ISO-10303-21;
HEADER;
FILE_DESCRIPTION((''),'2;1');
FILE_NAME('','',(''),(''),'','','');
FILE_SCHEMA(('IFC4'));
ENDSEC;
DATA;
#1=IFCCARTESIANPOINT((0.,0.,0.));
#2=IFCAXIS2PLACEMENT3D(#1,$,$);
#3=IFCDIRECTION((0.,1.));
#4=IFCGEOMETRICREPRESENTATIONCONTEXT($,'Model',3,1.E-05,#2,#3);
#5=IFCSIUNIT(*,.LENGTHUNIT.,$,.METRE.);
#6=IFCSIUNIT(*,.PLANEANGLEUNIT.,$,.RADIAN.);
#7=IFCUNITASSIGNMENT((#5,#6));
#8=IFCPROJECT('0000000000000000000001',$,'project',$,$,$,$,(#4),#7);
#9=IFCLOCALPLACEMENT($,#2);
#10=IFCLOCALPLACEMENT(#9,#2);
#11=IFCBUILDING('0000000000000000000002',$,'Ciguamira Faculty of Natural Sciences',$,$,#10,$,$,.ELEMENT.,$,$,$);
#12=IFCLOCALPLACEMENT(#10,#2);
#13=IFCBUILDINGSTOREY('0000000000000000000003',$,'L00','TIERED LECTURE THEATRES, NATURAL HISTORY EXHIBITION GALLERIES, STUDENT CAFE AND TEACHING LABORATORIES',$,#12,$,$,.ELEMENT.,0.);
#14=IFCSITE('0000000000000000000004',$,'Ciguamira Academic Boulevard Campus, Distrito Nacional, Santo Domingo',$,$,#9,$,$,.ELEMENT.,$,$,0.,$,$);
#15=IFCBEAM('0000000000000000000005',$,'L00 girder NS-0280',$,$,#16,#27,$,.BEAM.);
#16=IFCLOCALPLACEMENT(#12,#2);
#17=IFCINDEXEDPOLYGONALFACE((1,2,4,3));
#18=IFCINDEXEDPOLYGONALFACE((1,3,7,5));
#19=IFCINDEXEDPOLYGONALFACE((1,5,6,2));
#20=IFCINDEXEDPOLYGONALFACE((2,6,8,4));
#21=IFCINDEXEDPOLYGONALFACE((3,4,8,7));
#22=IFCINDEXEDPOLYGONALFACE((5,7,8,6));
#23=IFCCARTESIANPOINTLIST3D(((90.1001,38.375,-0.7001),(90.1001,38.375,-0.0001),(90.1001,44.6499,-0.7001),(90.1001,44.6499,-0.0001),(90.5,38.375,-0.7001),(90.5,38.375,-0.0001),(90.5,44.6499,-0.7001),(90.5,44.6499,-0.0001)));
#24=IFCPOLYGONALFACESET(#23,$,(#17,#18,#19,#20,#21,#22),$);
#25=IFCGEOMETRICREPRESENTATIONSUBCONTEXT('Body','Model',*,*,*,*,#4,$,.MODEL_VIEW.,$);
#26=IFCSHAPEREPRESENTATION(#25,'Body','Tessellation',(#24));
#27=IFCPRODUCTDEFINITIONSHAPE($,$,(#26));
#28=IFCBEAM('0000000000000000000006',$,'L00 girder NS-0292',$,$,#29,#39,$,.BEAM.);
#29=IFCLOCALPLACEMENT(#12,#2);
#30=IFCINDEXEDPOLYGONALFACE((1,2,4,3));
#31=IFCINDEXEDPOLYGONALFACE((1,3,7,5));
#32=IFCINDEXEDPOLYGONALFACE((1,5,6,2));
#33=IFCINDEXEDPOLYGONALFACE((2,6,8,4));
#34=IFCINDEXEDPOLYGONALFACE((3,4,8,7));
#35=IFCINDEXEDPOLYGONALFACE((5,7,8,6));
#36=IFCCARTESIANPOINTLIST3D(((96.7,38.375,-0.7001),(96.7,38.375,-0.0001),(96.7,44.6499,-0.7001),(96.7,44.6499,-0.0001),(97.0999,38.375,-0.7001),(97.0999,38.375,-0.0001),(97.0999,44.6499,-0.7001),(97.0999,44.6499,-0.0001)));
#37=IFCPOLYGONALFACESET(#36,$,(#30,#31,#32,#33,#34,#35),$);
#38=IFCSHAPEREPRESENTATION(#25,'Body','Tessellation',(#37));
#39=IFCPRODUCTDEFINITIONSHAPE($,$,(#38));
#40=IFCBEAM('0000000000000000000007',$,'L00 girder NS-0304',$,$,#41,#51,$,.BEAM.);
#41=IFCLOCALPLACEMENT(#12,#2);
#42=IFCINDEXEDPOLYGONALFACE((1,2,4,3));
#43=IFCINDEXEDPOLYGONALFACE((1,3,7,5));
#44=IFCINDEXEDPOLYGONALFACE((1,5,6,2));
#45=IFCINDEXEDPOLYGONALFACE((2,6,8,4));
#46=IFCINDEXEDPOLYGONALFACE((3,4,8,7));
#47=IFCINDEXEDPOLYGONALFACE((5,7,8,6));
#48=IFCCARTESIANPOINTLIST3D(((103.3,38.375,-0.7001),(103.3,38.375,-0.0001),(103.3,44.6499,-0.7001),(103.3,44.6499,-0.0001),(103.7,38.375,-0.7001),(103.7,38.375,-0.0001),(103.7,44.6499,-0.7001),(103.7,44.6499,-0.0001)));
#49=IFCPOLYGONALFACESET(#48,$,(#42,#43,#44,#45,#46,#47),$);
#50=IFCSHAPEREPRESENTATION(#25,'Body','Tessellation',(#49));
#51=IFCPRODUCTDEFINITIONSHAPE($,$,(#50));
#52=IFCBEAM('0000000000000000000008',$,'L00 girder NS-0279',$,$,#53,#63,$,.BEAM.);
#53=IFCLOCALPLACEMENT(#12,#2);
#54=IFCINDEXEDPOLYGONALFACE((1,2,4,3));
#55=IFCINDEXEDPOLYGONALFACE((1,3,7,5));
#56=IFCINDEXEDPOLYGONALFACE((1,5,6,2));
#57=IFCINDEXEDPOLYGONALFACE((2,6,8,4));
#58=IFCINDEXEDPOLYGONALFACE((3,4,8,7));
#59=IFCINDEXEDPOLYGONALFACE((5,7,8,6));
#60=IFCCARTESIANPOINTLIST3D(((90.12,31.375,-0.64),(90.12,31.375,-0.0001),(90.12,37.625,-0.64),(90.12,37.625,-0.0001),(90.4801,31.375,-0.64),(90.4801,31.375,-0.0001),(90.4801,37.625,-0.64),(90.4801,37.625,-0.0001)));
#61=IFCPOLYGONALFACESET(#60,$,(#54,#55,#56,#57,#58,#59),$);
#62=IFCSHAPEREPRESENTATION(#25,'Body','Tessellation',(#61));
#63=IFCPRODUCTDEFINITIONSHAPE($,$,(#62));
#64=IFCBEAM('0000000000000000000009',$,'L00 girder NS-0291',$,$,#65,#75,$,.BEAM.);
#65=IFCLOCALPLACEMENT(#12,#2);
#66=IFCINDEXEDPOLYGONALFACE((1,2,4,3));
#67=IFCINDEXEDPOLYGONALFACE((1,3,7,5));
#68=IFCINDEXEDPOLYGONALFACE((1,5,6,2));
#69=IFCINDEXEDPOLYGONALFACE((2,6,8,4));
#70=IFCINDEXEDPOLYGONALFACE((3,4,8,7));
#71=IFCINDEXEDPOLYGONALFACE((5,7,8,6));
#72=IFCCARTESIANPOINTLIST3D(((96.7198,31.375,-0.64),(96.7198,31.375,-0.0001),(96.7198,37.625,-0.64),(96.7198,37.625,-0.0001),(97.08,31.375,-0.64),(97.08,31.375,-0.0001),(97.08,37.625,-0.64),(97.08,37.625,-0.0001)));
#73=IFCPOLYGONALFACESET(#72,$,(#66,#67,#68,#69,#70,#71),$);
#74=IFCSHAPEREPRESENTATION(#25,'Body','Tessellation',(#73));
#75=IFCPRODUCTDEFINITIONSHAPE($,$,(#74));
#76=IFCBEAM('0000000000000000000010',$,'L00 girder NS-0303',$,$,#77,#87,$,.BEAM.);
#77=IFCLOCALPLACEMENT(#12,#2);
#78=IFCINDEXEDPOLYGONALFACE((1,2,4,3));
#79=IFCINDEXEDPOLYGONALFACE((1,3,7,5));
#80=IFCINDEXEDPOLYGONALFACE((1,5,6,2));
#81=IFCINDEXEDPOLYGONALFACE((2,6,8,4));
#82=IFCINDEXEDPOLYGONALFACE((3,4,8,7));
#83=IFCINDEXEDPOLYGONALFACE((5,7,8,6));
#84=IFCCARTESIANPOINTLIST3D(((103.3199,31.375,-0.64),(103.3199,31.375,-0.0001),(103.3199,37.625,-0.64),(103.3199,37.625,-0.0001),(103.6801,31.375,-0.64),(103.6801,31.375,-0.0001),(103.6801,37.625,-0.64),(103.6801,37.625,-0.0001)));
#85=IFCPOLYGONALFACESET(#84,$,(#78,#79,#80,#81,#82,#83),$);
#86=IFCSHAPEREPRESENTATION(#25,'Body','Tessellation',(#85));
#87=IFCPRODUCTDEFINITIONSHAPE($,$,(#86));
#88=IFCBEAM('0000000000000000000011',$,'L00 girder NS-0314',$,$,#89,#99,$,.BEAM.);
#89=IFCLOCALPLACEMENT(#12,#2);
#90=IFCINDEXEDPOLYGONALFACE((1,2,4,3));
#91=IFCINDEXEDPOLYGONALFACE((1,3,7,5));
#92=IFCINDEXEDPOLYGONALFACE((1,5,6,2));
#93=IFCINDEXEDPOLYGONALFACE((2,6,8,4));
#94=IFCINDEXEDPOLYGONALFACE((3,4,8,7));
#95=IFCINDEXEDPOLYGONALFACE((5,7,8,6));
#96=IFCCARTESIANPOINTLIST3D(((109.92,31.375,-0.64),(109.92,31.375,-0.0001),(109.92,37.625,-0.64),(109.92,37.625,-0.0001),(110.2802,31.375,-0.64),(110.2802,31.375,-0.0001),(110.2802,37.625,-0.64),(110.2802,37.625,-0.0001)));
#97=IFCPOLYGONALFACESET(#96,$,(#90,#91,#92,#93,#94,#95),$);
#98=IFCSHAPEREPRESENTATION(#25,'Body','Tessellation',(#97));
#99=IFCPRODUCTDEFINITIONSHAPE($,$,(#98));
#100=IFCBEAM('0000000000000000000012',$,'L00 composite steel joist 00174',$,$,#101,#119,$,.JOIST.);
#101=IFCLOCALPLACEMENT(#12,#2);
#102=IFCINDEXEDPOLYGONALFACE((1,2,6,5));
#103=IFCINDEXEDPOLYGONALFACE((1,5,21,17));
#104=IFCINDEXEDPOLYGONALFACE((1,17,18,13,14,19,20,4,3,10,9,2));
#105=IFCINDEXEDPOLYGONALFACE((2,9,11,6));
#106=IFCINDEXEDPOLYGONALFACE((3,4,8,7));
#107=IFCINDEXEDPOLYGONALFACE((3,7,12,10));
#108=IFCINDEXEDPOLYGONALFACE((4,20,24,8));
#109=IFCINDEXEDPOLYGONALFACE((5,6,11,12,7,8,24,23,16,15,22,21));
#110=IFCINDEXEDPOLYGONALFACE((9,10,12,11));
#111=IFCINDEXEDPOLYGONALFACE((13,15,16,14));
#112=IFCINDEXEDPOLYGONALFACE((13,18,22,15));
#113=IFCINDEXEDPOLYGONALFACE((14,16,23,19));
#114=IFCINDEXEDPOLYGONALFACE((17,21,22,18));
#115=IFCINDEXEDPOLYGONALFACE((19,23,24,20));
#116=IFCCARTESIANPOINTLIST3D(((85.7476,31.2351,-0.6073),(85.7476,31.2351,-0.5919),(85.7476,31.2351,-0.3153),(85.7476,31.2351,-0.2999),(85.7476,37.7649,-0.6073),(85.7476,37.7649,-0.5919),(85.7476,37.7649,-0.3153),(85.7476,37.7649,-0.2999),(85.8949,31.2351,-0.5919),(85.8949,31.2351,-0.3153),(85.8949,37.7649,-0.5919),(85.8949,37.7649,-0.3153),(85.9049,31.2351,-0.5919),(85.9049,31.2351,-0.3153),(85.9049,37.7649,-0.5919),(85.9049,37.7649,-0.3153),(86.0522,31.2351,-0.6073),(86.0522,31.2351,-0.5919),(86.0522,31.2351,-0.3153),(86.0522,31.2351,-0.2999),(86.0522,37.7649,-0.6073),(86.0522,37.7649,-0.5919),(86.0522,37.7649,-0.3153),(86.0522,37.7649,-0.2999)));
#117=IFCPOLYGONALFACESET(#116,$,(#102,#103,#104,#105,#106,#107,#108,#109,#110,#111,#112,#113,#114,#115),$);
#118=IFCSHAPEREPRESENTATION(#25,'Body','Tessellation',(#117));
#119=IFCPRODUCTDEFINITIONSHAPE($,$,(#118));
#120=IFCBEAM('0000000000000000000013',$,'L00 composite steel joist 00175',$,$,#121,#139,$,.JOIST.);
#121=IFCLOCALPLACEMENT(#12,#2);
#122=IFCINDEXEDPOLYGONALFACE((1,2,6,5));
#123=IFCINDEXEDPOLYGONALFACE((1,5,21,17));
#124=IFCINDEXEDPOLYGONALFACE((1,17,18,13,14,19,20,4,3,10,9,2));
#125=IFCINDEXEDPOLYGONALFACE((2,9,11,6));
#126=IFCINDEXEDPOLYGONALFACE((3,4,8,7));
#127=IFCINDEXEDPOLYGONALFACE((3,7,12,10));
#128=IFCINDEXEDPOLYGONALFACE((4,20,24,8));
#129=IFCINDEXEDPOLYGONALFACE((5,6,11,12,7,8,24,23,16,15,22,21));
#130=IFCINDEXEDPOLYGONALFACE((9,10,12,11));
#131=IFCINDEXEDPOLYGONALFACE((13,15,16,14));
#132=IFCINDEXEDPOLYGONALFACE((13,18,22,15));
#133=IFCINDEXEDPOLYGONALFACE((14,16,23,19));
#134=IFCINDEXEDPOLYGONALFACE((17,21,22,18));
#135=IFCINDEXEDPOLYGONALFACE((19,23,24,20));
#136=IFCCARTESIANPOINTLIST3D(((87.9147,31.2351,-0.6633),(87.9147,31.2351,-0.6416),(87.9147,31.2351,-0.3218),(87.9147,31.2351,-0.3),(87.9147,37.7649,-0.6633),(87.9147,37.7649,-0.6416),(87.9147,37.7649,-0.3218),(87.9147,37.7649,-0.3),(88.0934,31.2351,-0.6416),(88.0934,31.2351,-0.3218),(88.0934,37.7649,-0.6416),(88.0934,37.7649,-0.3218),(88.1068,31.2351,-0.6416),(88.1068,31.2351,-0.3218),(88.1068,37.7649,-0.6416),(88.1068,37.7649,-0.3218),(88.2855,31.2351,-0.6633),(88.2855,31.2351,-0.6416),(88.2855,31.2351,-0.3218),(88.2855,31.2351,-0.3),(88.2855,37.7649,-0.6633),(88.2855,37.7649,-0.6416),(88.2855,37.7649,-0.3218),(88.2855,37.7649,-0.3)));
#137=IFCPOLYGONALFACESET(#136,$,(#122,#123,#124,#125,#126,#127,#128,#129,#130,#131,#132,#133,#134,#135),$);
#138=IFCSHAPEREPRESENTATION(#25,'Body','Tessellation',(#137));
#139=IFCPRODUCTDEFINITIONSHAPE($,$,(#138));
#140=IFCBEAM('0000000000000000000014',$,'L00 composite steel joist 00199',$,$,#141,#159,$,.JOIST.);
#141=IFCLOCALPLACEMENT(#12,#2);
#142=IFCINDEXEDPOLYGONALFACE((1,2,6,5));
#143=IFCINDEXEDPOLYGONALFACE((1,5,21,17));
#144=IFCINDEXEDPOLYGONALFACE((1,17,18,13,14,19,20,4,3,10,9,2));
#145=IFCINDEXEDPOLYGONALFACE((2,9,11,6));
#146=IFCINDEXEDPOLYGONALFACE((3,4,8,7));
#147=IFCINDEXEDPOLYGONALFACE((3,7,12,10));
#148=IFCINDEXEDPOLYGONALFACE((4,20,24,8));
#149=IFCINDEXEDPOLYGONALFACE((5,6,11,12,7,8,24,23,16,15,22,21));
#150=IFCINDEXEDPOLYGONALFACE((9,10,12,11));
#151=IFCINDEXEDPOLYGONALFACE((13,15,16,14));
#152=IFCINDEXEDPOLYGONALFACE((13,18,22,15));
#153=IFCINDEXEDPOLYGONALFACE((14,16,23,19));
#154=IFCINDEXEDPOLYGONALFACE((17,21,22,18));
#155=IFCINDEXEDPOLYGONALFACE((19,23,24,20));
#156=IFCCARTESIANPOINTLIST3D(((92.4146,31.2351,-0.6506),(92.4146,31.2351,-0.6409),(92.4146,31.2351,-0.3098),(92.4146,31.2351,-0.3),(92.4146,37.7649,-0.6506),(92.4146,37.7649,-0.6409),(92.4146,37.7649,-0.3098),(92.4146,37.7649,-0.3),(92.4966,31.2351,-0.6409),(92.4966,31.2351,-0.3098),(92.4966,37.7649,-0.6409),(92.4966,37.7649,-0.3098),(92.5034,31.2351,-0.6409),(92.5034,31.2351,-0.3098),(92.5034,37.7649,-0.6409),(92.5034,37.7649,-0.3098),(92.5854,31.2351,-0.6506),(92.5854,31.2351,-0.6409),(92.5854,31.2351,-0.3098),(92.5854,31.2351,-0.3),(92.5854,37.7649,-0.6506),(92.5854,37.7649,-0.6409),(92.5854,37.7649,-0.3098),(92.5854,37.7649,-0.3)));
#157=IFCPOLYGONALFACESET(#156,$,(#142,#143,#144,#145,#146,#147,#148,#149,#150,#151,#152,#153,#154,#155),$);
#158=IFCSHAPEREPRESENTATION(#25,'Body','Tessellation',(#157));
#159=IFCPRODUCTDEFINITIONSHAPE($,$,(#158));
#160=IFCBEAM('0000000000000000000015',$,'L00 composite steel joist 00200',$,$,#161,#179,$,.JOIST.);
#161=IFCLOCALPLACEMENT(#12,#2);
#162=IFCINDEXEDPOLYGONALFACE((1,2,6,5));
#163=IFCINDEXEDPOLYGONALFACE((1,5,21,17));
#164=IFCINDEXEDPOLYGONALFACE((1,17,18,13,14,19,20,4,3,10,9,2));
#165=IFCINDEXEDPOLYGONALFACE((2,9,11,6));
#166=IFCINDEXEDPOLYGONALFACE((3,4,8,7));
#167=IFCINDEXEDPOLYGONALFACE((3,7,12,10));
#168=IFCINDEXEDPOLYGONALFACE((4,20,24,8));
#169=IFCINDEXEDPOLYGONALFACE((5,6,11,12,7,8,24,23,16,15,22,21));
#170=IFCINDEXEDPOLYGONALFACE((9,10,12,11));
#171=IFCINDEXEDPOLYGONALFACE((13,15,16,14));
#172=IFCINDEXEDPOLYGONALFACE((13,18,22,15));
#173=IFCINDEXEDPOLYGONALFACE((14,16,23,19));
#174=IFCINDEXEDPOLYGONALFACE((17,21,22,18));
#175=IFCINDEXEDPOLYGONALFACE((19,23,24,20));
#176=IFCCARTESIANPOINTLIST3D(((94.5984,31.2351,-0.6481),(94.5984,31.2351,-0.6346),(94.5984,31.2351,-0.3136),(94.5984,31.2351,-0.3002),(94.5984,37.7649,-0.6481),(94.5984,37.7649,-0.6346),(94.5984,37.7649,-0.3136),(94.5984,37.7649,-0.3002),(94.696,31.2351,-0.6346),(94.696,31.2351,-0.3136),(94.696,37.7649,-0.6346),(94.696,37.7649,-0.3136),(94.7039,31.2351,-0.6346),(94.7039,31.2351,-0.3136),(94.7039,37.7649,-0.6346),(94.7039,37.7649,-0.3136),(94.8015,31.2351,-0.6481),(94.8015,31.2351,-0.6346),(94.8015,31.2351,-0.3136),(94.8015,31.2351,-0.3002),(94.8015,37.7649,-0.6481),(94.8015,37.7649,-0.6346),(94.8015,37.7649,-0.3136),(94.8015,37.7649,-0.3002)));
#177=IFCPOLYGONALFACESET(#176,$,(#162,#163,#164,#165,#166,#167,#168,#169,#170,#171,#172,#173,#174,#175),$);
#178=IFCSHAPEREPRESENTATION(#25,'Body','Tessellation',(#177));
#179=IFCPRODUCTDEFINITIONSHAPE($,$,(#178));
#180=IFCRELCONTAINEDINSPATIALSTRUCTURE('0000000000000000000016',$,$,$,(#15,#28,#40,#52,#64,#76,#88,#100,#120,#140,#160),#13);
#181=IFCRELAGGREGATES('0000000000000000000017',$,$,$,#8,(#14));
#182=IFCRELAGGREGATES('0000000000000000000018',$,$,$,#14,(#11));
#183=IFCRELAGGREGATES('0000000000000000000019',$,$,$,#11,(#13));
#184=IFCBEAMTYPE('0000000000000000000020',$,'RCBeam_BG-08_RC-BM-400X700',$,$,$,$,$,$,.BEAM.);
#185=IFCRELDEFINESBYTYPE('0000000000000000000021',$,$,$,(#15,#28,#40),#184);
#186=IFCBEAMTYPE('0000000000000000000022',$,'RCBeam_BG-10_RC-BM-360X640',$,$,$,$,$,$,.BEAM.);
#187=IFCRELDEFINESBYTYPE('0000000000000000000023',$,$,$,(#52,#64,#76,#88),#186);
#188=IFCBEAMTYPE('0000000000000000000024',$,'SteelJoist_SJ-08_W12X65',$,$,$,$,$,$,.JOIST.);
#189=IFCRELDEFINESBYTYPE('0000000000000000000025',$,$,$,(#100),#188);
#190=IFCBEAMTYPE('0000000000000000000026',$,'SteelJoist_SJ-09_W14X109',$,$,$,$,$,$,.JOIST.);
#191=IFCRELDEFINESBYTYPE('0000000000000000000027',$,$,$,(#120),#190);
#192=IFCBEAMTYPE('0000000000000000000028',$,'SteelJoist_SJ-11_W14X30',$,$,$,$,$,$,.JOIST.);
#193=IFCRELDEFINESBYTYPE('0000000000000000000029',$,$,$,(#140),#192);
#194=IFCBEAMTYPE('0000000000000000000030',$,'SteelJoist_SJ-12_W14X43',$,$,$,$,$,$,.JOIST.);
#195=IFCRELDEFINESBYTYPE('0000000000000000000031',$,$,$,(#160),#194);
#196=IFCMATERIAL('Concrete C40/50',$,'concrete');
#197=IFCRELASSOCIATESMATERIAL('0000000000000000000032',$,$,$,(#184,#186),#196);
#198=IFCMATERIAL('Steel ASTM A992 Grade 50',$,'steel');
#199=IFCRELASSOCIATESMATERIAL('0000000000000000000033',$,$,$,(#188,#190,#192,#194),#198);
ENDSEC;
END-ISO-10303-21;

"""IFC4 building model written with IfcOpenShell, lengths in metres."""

from ifc_helpers import new_model, si_unit, direction, frame, origin, origin_2d, place, context, subcontext, project, spatial, rectangle, i_section, extrude, material, material_profile, profile_set, type_object, element, save


model = new_model("IFC4")

# Units and contexts
model_context = context("Model", 3, precision=1e-05, world=origin(), true_north=direction((0.0, 1.0)))
body_context = subcontext(model_context, "Body", "Model", "MODEL_VIEW")
ifc_project = project(units=[si_unit("LENGTHUNIT", "METRE"), si_unit("PLANEANGLEUNIT", "RADIAN")], contexts=[model_context])

# Site, building, storey
site_placement = place(None, origin())
site = spatial("IfcSite", under=ifc_project, at=site_placement, Name="Ciguamira Academic Boulevard Campus, Distrito Nacional, Santo Domingo", CompositionType="ELEMENT", RefElevation=0.0)
building_placement = place(site_placement, origin())
building = spatial("IfcBuilding", under=site, at=building_placement, Name="Ciguamira Faculty of Natural Sciences", CompositionType="ELEMENT")
storey_placement = place(building_placement, origin())
storey = spatial("IfcBuildingStorey", under=building, at=storey_placement, Name="L00", Description="TIERED LECTURE THEATRES, NATURAL HISTORY EXHIBITION GALLERIES, STUDENT CAFE AND TEACHING LABORATORIES", CompositionType="ELEMENT", Elevation=0.0)

# Shared definitions
ifc_material_1 = material(Name="Concrete C40/50", Category="concrete")

# Beams
ifc_material_profile_1 = material_profile(ifc_material_1, rectangle(XDim=0.3999, YDim=0.7, at=origin_2d()), Name="RC-BM-400X700")
ifc_profile_set_1 = profile_set([ifc_material_profile_1], Name="Concrete C40/50")
beam_type_1 = type_object("IfcBeamType", Name="RCBeam_BG-08_RC-BM-400X700", PredefinedType="BEAM", material=ifc_profile_set_1)
for number, where, z_axis, x_axis, name in (
    (1, (90.3, 38.375, -0.3501), (0.0, 1.0, 0.0), (-1.0, 0.0, 0.0), "L00 girder NS-0280"),
    (2, (96.8999, 38.375, -0.3501), (0.0, 1.0, 0.0), (-1.0, 0.0, 0.0), "L00 girder NS-0292"),
    (3, (103.5, 38.375, -0.3501), (0.0, 1.0, 0.0), (-1.0, 0.0, 0.0), "L00 girder NS-0304"),
):
    element("IfcBeam", number, at=place(storey_placement, frame(where, z_axis=z_axis, x_axis=x_axis)), inside=storey, type_object=beam_type_1, Name=name, PredefinedType="BEAM", context=body_context, shape_type="SweptSolid", body=[
        extrude(rectangle(XDim=0.3999, YDim=0.7, at=origin_2d()), origin(), (0.0, 0.0, 1.0), 6.2749),
    ])
ifc_material_profile_2 = material_profile(ifc_material_1, rectangle(XDim=0.3601, YDim=0.6399, at=origin_2d()), Name="RC-BM-360X640")
ifc_profile_set_2 = profile_set([ifc_material_profile_2], Name="Concrete C40/50")
beam_type_2 = type_object("IfcBeamType", Name="RCBeam_BG-10_RC-BM-360X640", PredefinedType="BEAM", material=ifc_profile_set_2)
for number, where, z_axis, x_axis, name in (
    (4, (90.3, 31.375, -0.3201), (0.0, 1.0, 0.0), (-1.0, 0.0, 0.0), "L00 girder NS-0279"),
    (5, (96.8999, 31.375, -0.3201), (0.0, 1.0, 0.0), (-1.0, 0.0, 0.0), "L00 girder NS-0291"),
    (6, (103.5, 31.375, -0.3201), (0.0, 1.0, 0.0), (-1.0, 0.0, 0.0), "L00 girder NS-0303"),
    (7, (110.1001, 31.375, -0.3201), (0.0, 1.0, 0.0), (-1.0, 0.0, 0.0), "L00 girder NS-0314"),
):
    element("IfcBeam", number, at=place(storey_placement, frame(where, z_axis=z_axis, x_axis=x_axis)), inside=storey, type_object=beam_type_2, Name=name, PredefinedType="BEAM", context=body_context, shape_type="SweptSolid", body=[
        extrude(rectangle(XDim=0.3601, YDim=0.6399, at=origin_2d()), origin(), (0.0, 0.0, 1.0), 6.25),
    ])
ifc_material_2 = material(Name="Steel ASTM A992 Grade 50", Category="steel")
ifc_material_profile_3 = material_profile(ifc_material_2, i_section(OverallWidth=0.3047, OverallDepth=0.3074, WebThickness=0.01, FlangeThickness=0.0154, at=origin_2d()), Name="W12X65")
ifc_profile_set_3 = profile_set([ifc_material_profile_3], Name="Steel ASTM A992 Grade 50")
beam_type_3 = type_object("IfcBeamType", Name="SteelJoist_SJ-08_W12X65", PredefinedType="JOIST", material=ifc_profile_set_3)
beam_1_placement = place(storey_placement, frame((85.8999, 31.2351, -0.4536), z_axis=(0.0, 1.0, 0.0), x_axis=(-1.0, 0.0, 0.0)))
element("IfcBeam", 8, at=beam_1_placement, inside=storey, type_object=beam_type_3, Name="L00 composite steel joist 00174", PredefinedType="JOIST", context=body_context, shape_type="SweptSolid", body=[
    extrude(i_section(OverallWidth=0.3047, OverallDepth=0.3074, WebThickness=0.01, FlangeThickness=0.0154, at=origin_2d()), origin(), (0.0, 0.0, 1.0), 6.5298),
])
ifc_material_profile_4 = material_profile(ifc_material_2, i_section(OverallWidth=0.3708, OverallDepth=0.3633, WebThickness=0.0134, FlangeThickness=0.0217, at=origin_2d()), Name="W14X109")
ifc_profile_set_4 = profile_set([ifc_material_profile_4], Name="Steel ASTM A992 Grade 50")
beam_type_4 = type_object("IfcBeamType", Name="SteelJoist_SJ-09_W14X109", PredefinedType="JOIST", material=ifc_profile_set_4)
beam_2_placement = place(storey_placement, frame((88.1001, 31.2351, -0.4817), z_axis=(0.0, 1.0, 0.0), x_axis=(-1.0, 0.0, 0.0)))
element("IfcBeam", 9, at=beam_2_placement, inside=storey, type_object=beam_type_4, Name="L00 composite steel joist 00175", PredefinedType="JOIST", context=body_context, shape_type="SweptSolid", body=[
    extrude(i_section(OverallWidth=0.3708, OverallDepth=0.3633, WebThickness=0.0134, FlangeThickness=0.0217, at=origin_2d()), origin(), (0.0, 0.0, 1.0), 6.5298),
])
ifc_material_profile_5 = material_profile(ifc_material_2, i_section(OverallWidth=0.1709, OverallDepth=0.3506, WebThickness=0.0068, FlangeThickness=0.0098, at=origin_2d()), Name="W14X30")
ifc_profile_set_5 = profile_set([ifc_material_profile_5], Name="Steel ASTM A992 Grade 50")
beam_type_5 = type_object("IfcBeamType", Name="SteelJoist_SJ-11_W14X30", PredefinedType="JOIST", material=ifc_profile_set_5)
beam_3_placement = place(storey_placement, frame((92.5, 31.2351, -0.4753), z_axis=(0.0, 1.0, 0.0), x_axis=(-1.0, 0.0, 0.0)))
element("IfcBeam", 10, at=beam_3_placement, inside=storey, type_object=beam_type_5, Name="L00 composite steel joist 00199", PredefinedType="JOIST", context=body_context, shape_type="SweptSolid", body=[
    extrude(i_section(OverallWidth=0.1709, OverallDepth=0.3506, WebThickness=0.0068, FlangeThickness=0.0098, at=origin_2d()), origin(), (0.0, 0.0, 1.0), 6.5298),
])
ifc_material_profile_6 = material_profile(ifc_material_2, i_section(OverallWidth=0.2031, OverallDepth=0.3479, WebThickness=0.0078, FlangeThickness=0.0134, at=origin_2d()), Name="W14X43")
ifc_profile_set_6 = profile_set([ifc_material_profile_6], Name="Steel ASTM A992 Grade 50")
beam_type_6 = type_object("IfcBeamType", Name="SteelJoist_SJ-12_W14X43", PredefinedType="JOIST", material=ifc_profile_set_6)
beam_4_placement = place(storey_placement, frame((94.7, 31.2351, -0.4741), z_axis=(0.0, 1.0, 0.0), x_axis=(-1.0, 0.0, 0.0)))
element("IfcBeam", 11, at=beam_4_placement, inside=storey, type_object=beam_type_6, Name="L00 composite steel joist 00200", PredefinedType="JOIST", context=body_context, shape_type="SweptSolid", body=[
    extrude(i_section(OverallWidth=0.2031, OverallDepth=0.3479, WebThickness=0.0078, FlangeThickness=0.0134, at=origin_2d()), origin(), (0.0, 0.0, 1.0), 6.5298),
])

save(model, "model.ifc")
